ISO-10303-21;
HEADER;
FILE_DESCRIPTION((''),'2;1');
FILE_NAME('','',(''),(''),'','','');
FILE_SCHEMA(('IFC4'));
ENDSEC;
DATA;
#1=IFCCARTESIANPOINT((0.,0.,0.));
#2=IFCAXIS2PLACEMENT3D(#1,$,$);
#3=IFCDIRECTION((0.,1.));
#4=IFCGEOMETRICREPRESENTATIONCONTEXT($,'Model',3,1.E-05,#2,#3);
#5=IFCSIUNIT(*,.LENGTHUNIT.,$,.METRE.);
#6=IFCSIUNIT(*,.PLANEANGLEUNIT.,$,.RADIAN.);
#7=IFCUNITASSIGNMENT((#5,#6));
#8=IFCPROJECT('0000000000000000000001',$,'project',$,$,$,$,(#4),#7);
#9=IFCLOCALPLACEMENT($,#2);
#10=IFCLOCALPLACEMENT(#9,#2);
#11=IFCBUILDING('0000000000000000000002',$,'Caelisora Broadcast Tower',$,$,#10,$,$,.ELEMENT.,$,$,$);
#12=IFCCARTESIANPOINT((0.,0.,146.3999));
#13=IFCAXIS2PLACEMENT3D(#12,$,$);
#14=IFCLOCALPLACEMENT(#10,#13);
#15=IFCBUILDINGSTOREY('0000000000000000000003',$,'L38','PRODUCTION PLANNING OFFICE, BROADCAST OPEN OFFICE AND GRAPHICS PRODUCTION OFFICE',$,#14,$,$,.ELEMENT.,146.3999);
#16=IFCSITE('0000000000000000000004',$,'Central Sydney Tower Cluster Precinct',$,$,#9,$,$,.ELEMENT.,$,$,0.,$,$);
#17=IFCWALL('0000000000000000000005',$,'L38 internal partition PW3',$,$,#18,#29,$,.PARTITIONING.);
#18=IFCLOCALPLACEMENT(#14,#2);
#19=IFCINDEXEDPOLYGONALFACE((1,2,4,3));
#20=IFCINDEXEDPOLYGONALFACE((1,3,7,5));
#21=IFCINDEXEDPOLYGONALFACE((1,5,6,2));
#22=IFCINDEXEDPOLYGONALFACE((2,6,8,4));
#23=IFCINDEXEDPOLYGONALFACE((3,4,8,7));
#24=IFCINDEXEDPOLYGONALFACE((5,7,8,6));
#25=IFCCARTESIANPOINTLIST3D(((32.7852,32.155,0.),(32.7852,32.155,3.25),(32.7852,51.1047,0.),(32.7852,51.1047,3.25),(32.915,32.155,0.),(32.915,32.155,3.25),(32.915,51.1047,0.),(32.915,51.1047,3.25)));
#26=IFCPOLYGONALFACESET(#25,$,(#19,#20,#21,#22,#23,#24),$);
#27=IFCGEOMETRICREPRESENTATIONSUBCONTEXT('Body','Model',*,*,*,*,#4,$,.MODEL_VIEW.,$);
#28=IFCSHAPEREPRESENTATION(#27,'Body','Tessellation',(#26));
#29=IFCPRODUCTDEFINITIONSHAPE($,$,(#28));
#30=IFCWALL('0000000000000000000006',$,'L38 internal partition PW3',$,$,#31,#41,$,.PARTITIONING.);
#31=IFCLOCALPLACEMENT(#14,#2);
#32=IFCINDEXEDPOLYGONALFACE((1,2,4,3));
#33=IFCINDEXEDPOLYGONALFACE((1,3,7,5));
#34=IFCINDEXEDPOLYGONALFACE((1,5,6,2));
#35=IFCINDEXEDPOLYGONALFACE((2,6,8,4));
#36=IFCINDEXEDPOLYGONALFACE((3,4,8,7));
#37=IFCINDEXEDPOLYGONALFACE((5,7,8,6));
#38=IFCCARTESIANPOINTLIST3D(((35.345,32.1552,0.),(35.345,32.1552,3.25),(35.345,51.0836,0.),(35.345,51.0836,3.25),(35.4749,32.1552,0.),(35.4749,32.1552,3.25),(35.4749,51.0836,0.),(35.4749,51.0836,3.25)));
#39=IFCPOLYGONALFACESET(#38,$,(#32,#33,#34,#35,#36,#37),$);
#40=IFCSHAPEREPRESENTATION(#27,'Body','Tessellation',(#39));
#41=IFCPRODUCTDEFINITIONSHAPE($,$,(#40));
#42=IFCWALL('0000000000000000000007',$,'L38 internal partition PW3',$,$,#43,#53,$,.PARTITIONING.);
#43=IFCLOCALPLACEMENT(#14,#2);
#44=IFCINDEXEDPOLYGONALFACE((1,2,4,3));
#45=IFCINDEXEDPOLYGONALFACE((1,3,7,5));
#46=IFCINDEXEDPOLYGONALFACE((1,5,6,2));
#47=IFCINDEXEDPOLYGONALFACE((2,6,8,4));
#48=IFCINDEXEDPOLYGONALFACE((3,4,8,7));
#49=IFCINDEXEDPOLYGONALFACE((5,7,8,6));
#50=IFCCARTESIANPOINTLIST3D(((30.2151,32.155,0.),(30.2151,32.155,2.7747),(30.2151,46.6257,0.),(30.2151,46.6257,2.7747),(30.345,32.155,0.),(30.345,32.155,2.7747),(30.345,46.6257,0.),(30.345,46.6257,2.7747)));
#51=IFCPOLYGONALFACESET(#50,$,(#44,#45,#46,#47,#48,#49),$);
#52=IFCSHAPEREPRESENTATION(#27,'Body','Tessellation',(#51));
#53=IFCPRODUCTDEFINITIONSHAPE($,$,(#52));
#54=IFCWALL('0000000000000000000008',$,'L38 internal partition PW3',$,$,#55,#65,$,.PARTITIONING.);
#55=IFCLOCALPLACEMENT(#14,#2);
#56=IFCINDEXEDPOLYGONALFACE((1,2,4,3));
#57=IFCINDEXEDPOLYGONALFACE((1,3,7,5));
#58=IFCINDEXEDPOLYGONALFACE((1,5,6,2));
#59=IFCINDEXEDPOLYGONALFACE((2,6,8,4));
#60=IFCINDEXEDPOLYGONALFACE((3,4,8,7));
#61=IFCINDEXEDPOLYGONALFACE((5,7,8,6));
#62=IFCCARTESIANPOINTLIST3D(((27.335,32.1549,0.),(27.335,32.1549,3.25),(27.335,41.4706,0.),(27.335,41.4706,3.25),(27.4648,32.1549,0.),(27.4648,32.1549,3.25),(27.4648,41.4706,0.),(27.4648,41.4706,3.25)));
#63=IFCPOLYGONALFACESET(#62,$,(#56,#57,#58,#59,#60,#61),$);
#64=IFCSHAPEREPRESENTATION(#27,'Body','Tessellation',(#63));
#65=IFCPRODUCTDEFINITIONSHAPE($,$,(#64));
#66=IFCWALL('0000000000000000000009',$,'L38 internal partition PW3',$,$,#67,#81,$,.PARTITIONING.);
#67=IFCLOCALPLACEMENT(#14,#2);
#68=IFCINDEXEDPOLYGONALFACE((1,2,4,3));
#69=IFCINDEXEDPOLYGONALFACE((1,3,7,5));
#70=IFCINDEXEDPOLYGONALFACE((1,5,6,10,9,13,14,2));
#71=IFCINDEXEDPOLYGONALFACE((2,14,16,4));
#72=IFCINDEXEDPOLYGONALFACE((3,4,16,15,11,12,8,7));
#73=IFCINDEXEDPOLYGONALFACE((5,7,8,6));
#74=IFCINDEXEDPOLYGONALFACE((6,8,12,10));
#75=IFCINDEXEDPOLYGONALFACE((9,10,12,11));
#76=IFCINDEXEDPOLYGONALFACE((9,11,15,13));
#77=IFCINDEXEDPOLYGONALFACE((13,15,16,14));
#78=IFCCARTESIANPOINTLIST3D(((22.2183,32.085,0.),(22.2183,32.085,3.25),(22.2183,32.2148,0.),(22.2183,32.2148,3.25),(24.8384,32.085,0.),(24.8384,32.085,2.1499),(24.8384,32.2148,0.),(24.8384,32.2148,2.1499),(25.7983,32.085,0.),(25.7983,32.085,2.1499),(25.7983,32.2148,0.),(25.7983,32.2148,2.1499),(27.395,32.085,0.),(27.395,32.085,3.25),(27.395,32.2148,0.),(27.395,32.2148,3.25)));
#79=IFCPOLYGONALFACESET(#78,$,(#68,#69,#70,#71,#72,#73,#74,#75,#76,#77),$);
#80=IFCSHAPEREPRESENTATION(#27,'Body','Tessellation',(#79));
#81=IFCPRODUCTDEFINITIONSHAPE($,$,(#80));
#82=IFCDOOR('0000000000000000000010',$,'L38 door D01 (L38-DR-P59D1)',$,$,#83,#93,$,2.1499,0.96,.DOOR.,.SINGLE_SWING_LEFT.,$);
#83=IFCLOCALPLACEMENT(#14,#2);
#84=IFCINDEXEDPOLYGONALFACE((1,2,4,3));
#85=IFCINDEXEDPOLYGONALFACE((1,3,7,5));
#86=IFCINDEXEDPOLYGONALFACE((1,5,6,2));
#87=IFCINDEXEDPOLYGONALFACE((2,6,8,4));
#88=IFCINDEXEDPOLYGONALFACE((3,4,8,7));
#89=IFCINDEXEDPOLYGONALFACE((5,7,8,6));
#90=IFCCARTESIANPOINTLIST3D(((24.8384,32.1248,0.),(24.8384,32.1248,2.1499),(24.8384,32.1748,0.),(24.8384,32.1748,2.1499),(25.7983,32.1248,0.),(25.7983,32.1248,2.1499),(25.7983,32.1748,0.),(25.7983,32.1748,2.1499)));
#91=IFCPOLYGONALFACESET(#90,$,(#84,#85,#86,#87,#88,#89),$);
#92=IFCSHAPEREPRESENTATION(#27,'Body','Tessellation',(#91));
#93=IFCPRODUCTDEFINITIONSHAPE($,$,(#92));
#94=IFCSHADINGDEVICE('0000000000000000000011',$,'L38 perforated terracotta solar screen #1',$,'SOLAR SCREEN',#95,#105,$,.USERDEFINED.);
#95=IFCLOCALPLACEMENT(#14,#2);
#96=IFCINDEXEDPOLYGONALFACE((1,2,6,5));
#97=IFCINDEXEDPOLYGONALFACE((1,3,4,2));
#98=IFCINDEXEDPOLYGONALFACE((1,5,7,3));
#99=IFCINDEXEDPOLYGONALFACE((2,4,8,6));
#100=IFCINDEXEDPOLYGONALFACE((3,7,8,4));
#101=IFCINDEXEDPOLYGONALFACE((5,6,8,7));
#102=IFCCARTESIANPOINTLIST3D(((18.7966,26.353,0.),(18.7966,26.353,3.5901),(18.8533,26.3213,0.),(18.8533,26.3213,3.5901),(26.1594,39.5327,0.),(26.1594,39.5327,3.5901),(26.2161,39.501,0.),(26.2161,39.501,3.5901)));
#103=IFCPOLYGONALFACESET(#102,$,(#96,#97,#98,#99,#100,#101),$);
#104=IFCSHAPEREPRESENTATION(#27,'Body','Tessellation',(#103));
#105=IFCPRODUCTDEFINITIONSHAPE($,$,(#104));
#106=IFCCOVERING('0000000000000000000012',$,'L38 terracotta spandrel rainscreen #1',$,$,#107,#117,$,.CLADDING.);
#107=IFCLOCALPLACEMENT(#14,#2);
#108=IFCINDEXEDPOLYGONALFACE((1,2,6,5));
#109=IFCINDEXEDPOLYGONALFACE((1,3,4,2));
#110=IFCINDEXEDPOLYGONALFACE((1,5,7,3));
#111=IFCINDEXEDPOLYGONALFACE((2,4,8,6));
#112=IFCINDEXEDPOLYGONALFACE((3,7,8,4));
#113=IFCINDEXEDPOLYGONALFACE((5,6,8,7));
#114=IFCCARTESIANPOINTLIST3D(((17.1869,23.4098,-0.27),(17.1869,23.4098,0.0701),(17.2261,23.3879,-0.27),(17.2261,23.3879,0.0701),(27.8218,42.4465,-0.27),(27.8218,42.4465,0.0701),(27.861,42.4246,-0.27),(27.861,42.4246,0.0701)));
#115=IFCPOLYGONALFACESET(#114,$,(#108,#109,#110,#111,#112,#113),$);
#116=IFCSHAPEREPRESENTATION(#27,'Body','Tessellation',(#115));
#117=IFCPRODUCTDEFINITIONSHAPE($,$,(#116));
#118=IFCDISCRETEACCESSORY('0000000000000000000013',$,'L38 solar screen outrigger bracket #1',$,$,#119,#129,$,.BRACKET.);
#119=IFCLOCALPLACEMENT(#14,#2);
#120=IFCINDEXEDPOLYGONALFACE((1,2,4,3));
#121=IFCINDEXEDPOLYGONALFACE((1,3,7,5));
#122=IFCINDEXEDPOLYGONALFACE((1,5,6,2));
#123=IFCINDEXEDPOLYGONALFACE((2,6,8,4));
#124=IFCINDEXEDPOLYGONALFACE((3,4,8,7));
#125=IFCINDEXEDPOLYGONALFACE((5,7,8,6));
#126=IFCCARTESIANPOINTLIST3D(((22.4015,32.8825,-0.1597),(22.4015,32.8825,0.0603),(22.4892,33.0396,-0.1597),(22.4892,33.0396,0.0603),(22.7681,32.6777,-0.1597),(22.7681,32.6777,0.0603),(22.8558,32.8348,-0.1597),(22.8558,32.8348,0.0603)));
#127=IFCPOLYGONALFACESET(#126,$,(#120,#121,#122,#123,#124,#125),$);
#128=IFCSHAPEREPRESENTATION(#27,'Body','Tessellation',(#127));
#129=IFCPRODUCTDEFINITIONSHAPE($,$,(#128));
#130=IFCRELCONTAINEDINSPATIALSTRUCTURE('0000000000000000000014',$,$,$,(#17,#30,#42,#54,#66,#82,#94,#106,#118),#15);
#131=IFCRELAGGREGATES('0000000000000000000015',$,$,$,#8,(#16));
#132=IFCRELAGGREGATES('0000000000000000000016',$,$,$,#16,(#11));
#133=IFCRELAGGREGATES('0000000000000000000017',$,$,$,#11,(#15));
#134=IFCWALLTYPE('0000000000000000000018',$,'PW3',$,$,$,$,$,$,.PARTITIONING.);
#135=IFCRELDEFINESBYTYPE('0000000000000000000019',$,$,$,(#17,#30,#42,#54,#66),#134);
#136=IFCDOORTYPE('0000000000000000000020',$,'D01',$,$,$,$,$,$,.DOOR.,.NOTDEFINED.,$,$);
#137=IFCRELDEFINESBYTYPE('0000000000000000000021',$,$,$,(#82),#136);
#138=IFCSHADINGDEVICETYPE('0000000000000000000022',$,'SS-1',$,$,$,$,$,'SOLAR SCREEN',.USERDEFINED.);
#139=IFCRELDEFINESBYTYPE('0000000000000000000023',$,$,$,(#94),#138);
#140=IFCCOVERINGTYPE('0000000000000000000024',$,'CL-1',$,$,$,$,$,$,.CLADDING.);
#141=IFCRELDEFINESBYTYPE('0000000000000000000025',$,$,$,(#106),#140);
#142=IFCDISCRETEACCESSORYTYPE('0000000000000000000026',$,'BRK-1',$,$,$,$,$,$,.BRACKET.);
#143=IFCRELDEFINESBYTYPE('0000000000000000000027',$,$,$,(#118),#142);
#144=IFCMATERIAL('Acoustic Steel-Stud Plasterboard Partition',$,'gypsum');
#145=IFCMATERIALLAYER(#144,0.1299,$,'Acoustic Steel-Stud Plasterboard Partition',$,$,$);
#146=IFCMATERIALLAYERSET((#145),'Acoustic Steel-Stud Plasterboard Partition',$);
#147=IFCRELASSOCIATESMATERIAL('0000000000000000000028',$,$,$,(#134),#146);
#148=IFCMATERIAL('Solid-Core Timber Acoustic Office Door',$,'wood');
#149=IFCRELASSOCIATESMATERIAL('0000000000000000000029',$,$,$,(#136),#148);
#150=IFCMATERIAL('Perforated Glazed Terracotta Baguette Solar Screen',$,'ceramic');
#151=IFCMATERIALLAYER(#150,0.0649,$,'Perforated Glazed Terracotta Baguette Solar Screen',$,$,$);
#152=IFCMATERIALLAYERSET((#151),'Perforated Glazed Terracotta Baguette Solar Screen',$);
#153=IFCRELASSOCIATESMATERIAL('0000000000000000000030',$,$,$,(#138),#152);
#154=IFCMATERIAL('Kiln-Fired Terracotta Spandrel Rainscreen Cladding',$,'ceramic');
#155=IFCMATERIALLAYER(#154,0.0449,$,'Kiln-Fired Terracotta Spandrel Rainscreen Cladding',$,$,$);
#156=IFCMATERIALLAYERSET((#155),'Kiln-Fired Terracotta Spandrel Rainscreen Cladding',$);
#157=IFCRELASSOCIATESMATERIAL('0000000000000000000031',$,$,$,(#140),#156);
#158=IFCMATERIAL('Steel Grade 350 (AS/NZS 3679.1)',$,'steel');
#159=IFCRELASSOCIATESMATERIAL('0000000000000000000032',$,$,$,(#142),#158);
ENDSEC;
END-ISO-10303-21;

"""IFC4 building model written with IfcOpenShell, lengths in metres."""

from ifc_helpers import new_model, si_unit, direction, frame, frame_2d, origin, origin_2d, place, context, subcontext, project, spatial, rectangle, extrude, source, transform, mapped, material, layer, layer_set, type_object, type_shapes, element, fill, save


model = new_model("IFC4")

# Units and contexts
model_context = context("Model", 3, precision=1e-05, world=origin(), true_north=direction((0.0, 1.0)))
body_context = subcontext(model_context, "Body", "Model", "MODEL_VIEW")
ifc_project = project(units=[si_unit("LENGTHUNIT", "METRE"), si_unit("PLANEANGLEUNIT", "RADIAN")], contexts=[model_context])

# Site, building, storey
site_placement = place(None, origin())
site = spatial("IfcSite", under=ifc_project, at=site_placement, Name="Central Sydney Tower Cluster Precinct", CompositionType="ELEMENT", RefElevation=0.0)
building_placement = place(site_placement, origin())
building = spatial("IfcBuilding", under=site, at=building_placement, Name="Caelisora Broadcast Tower", CompositionType="ELEMENT")
storey_placement = place(building_placement, frame((0.0, 0.0, 146.3999)))
storey = spatial("IfcBuildingStorey", under=building, at=storey_placement, Name="L38", Description="PRODUCTION PLANNING OFFICE, BROADCAST OPEN OFFICE AND GRAPHICS PRODUCTION OFFICE", CompositionType="ELEMENT", Elevation=146.3999)

# Shared definitions
ifc_material_1 = material(Name="Steel Grade 350 (AS/NZS 3679.1)", Category="steel")

# Walls
ifc_material_2 = material(Name="Acoustic Steel-Stud Plasterboard Partition", Category="gypsum")
ifc_layer_1 = layer(ifc_material_2, 0.1299, Name="Acoustic Steel-Stud Plasterboard Partition")
ifc_layer_set_1 = layer_set([ifc_layer_1], Name="Acoustic Steel-Stud Plasterboard Partition")
wall_type = type_object("IfcWallType", Name="PW3", PredefinedType="PARTITIONING", material=ifc_layer_set_1)
wall_1_placement = place(storey_placement, frame((32.8501, 32.155, 0.0), z_axis=(0.0, 0.0, 1.0), x_axis=(0.0, 1.0, 0.0)))
element("IfcWall", 1, at=wall_1_placement, inside=storey, type_object=wall_type, Name="L38 internal partition PW3", PredefinedType="PARTITIONING", context=body_context, shape_type="SweptSolid", body=[
    extrude(rectangle(XDim=18.9497, YDim=0.1299, at=frame_2d((9.4749, 0.0))), origin(), (0.0, 0.0, 1.0), 3.25),
])
wall_2_placement = place(storey_placement, frame((35.4099, 32.155, 0.0), z_axis=(0.0, 0.0, 1.0), x_axis=(0.0, 1.0, 0.0)))
element("IfcWall", 2, at=wall_2_placement, inside=storey, type_object=wall_type, Name="L38 internal partition PW3", PredefinedType="PARTITIONING", context=body_context, shape_type="SweptSolid", body=[
    extrude(rectangle(XDim=18.9285, YDim=0.1299, at=frame_2d((9.4644, 0.0))), origin(), (0.0, 0.0, 1.0), 3.25),
])
wall_3_placement = place(storey_placement, frame((30.28, 32.155, 0.0), z_axis=(0.0, 0.0, 1.0), x_axis=(0.0, 1.0, 0.0)))
element("IfcWall", 3, at=wall_3_placement, inside=storey, type_object=wall_type, Name="L38 internal partition PW3", PredefinedType="PARTITIONING", context=body_context, shape_type="SweptSolid", body=[
    extrude(rectangle(XDim=14.4707, YDim=0.1299, at=frame_2d((7.2354, 0.0))), origin(), (0.0, 0.0, 1.0), 2.7747),
])
wall_4_placement = place(storey_placement, frame((27.3999, 32.155, 0.0), z_axis=(0.0, 0.0, 1.0), x_axis=(0.0, 1.0, 0.0)))
element("IfcWall", 4, at=wall_4_placement, inside=storey, type_object=wall_type, Name="L38 internal partition PW3", PredefinedType="PARTITIONING", context=body_context, shape_type="SweptSolid", body=[
    extrude(rectangle(XDim=9.3157, YDim=0.1299, at=frame_2d((4.6577, 0.0))), origin(), (0.0, 0.0, 1.0), 3.25),
])

# Wall, opening, door
wall_5_placement = place(storey_placement, frame((22.2183, 32.1499, 0.0), z_axis=(0.0, 0.0, 1.0), x_axis=(1.0, 0.0, 0.0)))
wall_5 = element("IfcWall", 5, at=wall_5_placement, inside=storey, type_object=wall_type, Name="L38 internal partition PW3", PredefinedType="PARTITIONING", context=body_context, shape_type="SweptSolid", body=[
    extrude(rectangle(XDim=5.1768, YDim=0.1299, at=frame_2d((2.5884, 0.0))), origin(), (0.0, 0.0, 1.0), 3.25),
])
opening_1_placement = place(wall_5_placement, frame((2.6201, 0.0, 0.0)))
opening_1 = element("IfcOpeningElement", 6, at=opening_1_placement, cuts=wall_5, PredefinedType="OPENING", context=body_context, shape_type="SweptSolid", body=[
    extrude(rectangle(XDim=0.96, YDim=2.1499, at=frame_2d((0.48, 1.075))), frame((0.0, 0.0769, 0.0), z_axis=(0.0, -1.0, 0.0), x_axis=(1.0, 0.0, 0.0)), (0.0, 0.0, 1.0), 0.1538),
])
ifc_material_3 = material(Name="Solid-Core Timber Acoustic Office Door", Category="wood")
door_type = type_object("IfcDoorType", Name="D01", OperationType="NOTDEFINED", PredefinedType="DOOR", material=ifc_material_3)
door_1_placement = place(opening_1_placement, origin())
door_1 = element("IfcDoor", 7, at=door_1_placement, inside=storey, type_object=door_type, Name="L38 door D01 (L38-DR-P59D1)", OperationType="SINGLE_SWING_LEFT", OverallHeight=2.1499, OverallWidth=0.96, PredefinedType="DOOR", context=body_context, shape_type="SweptSolid", body=[
    extrude(rectangle(XDim=0.96, YDim=2.1499, at=frame_2d((0.48, 1.075))), frame((0.0, 0.0249, 0.0), z_axis=(0.0, -1.0, 0.0), x_axis=(1.0, 0.0, 0.0)), (0.0, 0.0, 1.0), 0.05),
])
fill(opening_1, door_1)

# Shading device
ifc_material_4 = material(Name="Perforated Glazed Terracotta Baguette Solar Screen", Category="ceramic")
ifc_layer_2 = layer(ifc_material_4, 0.0649, Name="Perforated Glazed Terracotta Baguette Solar Screen")
ifc_layer_set_2 = layer_set([ifc_layer_2], Name="Perforated Glazed Terracotta Baguette Solar Screen")
shading_device_type = type_object("IfcShadingDeviceType", Name="SS-1", ElementType="SOLAR SCREEN", PredefinedType="USERDEFINED", material=ifc_layer_set_2)
shared_shape_1 = source(origin(), body_context, "Body", "SweptSolid", [
    extrude(rectangle(XDim=15.0969, YDim=0.0649, at=origin_2d()), origin(), (0.0, 0.0, 1.0), 3.5901),
])
type_shapes(shading_device_type, [shared_shape_1])
shading_device_placement = place(storey_placement, frame((22.5063, 32.927, 0.0), z_axis=(0.0, 0.0, 1.0), x_axis=(-0.487707, -0.873007, 0.0)))
element("IfcShadingDevice", 8, at=shading_device_placement, inside=storey, type_object=shading_device_type, Name="L38 perforated terracotta solar screen #1", ObjectType="SOLAR SCREEN", PredefinedType="USERDEFINED", context=body_context, shape_type="MappedRepresentation", body=[
    mapped(shared_shape_1, transform((0.0, 0.0, 0.0), scale=1.0)),
])

# Covering
ifc_material_5 = material(Name="Kiln-Fired Terracotta Spandrel Rainscreen Cladding", Category="ceramic")
ifc_layer_3 = layer(ifc_material_5, 0.0449, Name="Kiln-Fired Terracotta Spandrel Rainscreen Cladding")
ifc_layer_set_3 = layer_set([ifc_layer_3], Name="Kiln-Fired Terracotta Spandrel Rainscreen Cladding")
covering_type = type_object("IfcCoveringType", Name="CL-1", PredefinedType="CLADDING", material=ifc_layer_set_3)
shared_shape_2 = source(origin(), body_context, "Body", "SweptSolid", [
    extrude(rectangle(XDim=21.8059, YDim=0.0449, at=origin_2d()), origin(), (0.0, 0.0, 1.0), 0.3401),
])
type_shapes(covering_type, [shared_shape_2])
covering_placement = place(storey_placement, frame((22.5239, 32.9172, -0.27), z_axis=(0.0, 0.0, 1.0), x_axis=(-0.487707, -0.873007, 0.0)))
element("IfcCovering", 9, at=covering_placement, inside=storey, type_object=covering_type, Name="L38 terracotta spandrel rainscreen #1", PredefinedType="CLADDING", context=body_context, shape_type="MappedRepresentation", body=[
    mapped(shared_shape_2, transform((0.0, 0.0, 0.0), scale=1.0)),
])

# Discrete accessory
discrete_accessory_type = type_object("IfcDiscreteAccessoryType", Name="BRK-1", PredefinedType="BRACKET", material=ifc_material_1)
shared_shape_3 = source(origin(), body_context, "Body", "SweptSolid", [
    extrude(rectangle(XDim=0.1799, YDim=0.4199, at=origin_2d()), origin(), (0.0, 0.0, 1.0), 0.22),
])
type_shapes(discrete_accessory_type, [shared_shape_3])
discrete_accessory_placement = place(storey_placement, frame((22.6287, 32.8586, -0.1597), z_axis=(0.0, 0.0, 1.0), x_axis=(-0.487707, -0.873007, 0.0)))
element("IfcDiscreteAccessory", 10, at=discrete_accessory_placement, inside=storey, type_object=discrete_accessory_type, Name="L38 solar screen outrigger bracket #1", PredefinedType="BRACKET", context=body_context, shape_type="MappedRepresentation", body=[
    mapped(shared_shape_3, transform((0.0, 0.0, 0.0), scale=1.0)),
])

save(model, "model.ifc")
